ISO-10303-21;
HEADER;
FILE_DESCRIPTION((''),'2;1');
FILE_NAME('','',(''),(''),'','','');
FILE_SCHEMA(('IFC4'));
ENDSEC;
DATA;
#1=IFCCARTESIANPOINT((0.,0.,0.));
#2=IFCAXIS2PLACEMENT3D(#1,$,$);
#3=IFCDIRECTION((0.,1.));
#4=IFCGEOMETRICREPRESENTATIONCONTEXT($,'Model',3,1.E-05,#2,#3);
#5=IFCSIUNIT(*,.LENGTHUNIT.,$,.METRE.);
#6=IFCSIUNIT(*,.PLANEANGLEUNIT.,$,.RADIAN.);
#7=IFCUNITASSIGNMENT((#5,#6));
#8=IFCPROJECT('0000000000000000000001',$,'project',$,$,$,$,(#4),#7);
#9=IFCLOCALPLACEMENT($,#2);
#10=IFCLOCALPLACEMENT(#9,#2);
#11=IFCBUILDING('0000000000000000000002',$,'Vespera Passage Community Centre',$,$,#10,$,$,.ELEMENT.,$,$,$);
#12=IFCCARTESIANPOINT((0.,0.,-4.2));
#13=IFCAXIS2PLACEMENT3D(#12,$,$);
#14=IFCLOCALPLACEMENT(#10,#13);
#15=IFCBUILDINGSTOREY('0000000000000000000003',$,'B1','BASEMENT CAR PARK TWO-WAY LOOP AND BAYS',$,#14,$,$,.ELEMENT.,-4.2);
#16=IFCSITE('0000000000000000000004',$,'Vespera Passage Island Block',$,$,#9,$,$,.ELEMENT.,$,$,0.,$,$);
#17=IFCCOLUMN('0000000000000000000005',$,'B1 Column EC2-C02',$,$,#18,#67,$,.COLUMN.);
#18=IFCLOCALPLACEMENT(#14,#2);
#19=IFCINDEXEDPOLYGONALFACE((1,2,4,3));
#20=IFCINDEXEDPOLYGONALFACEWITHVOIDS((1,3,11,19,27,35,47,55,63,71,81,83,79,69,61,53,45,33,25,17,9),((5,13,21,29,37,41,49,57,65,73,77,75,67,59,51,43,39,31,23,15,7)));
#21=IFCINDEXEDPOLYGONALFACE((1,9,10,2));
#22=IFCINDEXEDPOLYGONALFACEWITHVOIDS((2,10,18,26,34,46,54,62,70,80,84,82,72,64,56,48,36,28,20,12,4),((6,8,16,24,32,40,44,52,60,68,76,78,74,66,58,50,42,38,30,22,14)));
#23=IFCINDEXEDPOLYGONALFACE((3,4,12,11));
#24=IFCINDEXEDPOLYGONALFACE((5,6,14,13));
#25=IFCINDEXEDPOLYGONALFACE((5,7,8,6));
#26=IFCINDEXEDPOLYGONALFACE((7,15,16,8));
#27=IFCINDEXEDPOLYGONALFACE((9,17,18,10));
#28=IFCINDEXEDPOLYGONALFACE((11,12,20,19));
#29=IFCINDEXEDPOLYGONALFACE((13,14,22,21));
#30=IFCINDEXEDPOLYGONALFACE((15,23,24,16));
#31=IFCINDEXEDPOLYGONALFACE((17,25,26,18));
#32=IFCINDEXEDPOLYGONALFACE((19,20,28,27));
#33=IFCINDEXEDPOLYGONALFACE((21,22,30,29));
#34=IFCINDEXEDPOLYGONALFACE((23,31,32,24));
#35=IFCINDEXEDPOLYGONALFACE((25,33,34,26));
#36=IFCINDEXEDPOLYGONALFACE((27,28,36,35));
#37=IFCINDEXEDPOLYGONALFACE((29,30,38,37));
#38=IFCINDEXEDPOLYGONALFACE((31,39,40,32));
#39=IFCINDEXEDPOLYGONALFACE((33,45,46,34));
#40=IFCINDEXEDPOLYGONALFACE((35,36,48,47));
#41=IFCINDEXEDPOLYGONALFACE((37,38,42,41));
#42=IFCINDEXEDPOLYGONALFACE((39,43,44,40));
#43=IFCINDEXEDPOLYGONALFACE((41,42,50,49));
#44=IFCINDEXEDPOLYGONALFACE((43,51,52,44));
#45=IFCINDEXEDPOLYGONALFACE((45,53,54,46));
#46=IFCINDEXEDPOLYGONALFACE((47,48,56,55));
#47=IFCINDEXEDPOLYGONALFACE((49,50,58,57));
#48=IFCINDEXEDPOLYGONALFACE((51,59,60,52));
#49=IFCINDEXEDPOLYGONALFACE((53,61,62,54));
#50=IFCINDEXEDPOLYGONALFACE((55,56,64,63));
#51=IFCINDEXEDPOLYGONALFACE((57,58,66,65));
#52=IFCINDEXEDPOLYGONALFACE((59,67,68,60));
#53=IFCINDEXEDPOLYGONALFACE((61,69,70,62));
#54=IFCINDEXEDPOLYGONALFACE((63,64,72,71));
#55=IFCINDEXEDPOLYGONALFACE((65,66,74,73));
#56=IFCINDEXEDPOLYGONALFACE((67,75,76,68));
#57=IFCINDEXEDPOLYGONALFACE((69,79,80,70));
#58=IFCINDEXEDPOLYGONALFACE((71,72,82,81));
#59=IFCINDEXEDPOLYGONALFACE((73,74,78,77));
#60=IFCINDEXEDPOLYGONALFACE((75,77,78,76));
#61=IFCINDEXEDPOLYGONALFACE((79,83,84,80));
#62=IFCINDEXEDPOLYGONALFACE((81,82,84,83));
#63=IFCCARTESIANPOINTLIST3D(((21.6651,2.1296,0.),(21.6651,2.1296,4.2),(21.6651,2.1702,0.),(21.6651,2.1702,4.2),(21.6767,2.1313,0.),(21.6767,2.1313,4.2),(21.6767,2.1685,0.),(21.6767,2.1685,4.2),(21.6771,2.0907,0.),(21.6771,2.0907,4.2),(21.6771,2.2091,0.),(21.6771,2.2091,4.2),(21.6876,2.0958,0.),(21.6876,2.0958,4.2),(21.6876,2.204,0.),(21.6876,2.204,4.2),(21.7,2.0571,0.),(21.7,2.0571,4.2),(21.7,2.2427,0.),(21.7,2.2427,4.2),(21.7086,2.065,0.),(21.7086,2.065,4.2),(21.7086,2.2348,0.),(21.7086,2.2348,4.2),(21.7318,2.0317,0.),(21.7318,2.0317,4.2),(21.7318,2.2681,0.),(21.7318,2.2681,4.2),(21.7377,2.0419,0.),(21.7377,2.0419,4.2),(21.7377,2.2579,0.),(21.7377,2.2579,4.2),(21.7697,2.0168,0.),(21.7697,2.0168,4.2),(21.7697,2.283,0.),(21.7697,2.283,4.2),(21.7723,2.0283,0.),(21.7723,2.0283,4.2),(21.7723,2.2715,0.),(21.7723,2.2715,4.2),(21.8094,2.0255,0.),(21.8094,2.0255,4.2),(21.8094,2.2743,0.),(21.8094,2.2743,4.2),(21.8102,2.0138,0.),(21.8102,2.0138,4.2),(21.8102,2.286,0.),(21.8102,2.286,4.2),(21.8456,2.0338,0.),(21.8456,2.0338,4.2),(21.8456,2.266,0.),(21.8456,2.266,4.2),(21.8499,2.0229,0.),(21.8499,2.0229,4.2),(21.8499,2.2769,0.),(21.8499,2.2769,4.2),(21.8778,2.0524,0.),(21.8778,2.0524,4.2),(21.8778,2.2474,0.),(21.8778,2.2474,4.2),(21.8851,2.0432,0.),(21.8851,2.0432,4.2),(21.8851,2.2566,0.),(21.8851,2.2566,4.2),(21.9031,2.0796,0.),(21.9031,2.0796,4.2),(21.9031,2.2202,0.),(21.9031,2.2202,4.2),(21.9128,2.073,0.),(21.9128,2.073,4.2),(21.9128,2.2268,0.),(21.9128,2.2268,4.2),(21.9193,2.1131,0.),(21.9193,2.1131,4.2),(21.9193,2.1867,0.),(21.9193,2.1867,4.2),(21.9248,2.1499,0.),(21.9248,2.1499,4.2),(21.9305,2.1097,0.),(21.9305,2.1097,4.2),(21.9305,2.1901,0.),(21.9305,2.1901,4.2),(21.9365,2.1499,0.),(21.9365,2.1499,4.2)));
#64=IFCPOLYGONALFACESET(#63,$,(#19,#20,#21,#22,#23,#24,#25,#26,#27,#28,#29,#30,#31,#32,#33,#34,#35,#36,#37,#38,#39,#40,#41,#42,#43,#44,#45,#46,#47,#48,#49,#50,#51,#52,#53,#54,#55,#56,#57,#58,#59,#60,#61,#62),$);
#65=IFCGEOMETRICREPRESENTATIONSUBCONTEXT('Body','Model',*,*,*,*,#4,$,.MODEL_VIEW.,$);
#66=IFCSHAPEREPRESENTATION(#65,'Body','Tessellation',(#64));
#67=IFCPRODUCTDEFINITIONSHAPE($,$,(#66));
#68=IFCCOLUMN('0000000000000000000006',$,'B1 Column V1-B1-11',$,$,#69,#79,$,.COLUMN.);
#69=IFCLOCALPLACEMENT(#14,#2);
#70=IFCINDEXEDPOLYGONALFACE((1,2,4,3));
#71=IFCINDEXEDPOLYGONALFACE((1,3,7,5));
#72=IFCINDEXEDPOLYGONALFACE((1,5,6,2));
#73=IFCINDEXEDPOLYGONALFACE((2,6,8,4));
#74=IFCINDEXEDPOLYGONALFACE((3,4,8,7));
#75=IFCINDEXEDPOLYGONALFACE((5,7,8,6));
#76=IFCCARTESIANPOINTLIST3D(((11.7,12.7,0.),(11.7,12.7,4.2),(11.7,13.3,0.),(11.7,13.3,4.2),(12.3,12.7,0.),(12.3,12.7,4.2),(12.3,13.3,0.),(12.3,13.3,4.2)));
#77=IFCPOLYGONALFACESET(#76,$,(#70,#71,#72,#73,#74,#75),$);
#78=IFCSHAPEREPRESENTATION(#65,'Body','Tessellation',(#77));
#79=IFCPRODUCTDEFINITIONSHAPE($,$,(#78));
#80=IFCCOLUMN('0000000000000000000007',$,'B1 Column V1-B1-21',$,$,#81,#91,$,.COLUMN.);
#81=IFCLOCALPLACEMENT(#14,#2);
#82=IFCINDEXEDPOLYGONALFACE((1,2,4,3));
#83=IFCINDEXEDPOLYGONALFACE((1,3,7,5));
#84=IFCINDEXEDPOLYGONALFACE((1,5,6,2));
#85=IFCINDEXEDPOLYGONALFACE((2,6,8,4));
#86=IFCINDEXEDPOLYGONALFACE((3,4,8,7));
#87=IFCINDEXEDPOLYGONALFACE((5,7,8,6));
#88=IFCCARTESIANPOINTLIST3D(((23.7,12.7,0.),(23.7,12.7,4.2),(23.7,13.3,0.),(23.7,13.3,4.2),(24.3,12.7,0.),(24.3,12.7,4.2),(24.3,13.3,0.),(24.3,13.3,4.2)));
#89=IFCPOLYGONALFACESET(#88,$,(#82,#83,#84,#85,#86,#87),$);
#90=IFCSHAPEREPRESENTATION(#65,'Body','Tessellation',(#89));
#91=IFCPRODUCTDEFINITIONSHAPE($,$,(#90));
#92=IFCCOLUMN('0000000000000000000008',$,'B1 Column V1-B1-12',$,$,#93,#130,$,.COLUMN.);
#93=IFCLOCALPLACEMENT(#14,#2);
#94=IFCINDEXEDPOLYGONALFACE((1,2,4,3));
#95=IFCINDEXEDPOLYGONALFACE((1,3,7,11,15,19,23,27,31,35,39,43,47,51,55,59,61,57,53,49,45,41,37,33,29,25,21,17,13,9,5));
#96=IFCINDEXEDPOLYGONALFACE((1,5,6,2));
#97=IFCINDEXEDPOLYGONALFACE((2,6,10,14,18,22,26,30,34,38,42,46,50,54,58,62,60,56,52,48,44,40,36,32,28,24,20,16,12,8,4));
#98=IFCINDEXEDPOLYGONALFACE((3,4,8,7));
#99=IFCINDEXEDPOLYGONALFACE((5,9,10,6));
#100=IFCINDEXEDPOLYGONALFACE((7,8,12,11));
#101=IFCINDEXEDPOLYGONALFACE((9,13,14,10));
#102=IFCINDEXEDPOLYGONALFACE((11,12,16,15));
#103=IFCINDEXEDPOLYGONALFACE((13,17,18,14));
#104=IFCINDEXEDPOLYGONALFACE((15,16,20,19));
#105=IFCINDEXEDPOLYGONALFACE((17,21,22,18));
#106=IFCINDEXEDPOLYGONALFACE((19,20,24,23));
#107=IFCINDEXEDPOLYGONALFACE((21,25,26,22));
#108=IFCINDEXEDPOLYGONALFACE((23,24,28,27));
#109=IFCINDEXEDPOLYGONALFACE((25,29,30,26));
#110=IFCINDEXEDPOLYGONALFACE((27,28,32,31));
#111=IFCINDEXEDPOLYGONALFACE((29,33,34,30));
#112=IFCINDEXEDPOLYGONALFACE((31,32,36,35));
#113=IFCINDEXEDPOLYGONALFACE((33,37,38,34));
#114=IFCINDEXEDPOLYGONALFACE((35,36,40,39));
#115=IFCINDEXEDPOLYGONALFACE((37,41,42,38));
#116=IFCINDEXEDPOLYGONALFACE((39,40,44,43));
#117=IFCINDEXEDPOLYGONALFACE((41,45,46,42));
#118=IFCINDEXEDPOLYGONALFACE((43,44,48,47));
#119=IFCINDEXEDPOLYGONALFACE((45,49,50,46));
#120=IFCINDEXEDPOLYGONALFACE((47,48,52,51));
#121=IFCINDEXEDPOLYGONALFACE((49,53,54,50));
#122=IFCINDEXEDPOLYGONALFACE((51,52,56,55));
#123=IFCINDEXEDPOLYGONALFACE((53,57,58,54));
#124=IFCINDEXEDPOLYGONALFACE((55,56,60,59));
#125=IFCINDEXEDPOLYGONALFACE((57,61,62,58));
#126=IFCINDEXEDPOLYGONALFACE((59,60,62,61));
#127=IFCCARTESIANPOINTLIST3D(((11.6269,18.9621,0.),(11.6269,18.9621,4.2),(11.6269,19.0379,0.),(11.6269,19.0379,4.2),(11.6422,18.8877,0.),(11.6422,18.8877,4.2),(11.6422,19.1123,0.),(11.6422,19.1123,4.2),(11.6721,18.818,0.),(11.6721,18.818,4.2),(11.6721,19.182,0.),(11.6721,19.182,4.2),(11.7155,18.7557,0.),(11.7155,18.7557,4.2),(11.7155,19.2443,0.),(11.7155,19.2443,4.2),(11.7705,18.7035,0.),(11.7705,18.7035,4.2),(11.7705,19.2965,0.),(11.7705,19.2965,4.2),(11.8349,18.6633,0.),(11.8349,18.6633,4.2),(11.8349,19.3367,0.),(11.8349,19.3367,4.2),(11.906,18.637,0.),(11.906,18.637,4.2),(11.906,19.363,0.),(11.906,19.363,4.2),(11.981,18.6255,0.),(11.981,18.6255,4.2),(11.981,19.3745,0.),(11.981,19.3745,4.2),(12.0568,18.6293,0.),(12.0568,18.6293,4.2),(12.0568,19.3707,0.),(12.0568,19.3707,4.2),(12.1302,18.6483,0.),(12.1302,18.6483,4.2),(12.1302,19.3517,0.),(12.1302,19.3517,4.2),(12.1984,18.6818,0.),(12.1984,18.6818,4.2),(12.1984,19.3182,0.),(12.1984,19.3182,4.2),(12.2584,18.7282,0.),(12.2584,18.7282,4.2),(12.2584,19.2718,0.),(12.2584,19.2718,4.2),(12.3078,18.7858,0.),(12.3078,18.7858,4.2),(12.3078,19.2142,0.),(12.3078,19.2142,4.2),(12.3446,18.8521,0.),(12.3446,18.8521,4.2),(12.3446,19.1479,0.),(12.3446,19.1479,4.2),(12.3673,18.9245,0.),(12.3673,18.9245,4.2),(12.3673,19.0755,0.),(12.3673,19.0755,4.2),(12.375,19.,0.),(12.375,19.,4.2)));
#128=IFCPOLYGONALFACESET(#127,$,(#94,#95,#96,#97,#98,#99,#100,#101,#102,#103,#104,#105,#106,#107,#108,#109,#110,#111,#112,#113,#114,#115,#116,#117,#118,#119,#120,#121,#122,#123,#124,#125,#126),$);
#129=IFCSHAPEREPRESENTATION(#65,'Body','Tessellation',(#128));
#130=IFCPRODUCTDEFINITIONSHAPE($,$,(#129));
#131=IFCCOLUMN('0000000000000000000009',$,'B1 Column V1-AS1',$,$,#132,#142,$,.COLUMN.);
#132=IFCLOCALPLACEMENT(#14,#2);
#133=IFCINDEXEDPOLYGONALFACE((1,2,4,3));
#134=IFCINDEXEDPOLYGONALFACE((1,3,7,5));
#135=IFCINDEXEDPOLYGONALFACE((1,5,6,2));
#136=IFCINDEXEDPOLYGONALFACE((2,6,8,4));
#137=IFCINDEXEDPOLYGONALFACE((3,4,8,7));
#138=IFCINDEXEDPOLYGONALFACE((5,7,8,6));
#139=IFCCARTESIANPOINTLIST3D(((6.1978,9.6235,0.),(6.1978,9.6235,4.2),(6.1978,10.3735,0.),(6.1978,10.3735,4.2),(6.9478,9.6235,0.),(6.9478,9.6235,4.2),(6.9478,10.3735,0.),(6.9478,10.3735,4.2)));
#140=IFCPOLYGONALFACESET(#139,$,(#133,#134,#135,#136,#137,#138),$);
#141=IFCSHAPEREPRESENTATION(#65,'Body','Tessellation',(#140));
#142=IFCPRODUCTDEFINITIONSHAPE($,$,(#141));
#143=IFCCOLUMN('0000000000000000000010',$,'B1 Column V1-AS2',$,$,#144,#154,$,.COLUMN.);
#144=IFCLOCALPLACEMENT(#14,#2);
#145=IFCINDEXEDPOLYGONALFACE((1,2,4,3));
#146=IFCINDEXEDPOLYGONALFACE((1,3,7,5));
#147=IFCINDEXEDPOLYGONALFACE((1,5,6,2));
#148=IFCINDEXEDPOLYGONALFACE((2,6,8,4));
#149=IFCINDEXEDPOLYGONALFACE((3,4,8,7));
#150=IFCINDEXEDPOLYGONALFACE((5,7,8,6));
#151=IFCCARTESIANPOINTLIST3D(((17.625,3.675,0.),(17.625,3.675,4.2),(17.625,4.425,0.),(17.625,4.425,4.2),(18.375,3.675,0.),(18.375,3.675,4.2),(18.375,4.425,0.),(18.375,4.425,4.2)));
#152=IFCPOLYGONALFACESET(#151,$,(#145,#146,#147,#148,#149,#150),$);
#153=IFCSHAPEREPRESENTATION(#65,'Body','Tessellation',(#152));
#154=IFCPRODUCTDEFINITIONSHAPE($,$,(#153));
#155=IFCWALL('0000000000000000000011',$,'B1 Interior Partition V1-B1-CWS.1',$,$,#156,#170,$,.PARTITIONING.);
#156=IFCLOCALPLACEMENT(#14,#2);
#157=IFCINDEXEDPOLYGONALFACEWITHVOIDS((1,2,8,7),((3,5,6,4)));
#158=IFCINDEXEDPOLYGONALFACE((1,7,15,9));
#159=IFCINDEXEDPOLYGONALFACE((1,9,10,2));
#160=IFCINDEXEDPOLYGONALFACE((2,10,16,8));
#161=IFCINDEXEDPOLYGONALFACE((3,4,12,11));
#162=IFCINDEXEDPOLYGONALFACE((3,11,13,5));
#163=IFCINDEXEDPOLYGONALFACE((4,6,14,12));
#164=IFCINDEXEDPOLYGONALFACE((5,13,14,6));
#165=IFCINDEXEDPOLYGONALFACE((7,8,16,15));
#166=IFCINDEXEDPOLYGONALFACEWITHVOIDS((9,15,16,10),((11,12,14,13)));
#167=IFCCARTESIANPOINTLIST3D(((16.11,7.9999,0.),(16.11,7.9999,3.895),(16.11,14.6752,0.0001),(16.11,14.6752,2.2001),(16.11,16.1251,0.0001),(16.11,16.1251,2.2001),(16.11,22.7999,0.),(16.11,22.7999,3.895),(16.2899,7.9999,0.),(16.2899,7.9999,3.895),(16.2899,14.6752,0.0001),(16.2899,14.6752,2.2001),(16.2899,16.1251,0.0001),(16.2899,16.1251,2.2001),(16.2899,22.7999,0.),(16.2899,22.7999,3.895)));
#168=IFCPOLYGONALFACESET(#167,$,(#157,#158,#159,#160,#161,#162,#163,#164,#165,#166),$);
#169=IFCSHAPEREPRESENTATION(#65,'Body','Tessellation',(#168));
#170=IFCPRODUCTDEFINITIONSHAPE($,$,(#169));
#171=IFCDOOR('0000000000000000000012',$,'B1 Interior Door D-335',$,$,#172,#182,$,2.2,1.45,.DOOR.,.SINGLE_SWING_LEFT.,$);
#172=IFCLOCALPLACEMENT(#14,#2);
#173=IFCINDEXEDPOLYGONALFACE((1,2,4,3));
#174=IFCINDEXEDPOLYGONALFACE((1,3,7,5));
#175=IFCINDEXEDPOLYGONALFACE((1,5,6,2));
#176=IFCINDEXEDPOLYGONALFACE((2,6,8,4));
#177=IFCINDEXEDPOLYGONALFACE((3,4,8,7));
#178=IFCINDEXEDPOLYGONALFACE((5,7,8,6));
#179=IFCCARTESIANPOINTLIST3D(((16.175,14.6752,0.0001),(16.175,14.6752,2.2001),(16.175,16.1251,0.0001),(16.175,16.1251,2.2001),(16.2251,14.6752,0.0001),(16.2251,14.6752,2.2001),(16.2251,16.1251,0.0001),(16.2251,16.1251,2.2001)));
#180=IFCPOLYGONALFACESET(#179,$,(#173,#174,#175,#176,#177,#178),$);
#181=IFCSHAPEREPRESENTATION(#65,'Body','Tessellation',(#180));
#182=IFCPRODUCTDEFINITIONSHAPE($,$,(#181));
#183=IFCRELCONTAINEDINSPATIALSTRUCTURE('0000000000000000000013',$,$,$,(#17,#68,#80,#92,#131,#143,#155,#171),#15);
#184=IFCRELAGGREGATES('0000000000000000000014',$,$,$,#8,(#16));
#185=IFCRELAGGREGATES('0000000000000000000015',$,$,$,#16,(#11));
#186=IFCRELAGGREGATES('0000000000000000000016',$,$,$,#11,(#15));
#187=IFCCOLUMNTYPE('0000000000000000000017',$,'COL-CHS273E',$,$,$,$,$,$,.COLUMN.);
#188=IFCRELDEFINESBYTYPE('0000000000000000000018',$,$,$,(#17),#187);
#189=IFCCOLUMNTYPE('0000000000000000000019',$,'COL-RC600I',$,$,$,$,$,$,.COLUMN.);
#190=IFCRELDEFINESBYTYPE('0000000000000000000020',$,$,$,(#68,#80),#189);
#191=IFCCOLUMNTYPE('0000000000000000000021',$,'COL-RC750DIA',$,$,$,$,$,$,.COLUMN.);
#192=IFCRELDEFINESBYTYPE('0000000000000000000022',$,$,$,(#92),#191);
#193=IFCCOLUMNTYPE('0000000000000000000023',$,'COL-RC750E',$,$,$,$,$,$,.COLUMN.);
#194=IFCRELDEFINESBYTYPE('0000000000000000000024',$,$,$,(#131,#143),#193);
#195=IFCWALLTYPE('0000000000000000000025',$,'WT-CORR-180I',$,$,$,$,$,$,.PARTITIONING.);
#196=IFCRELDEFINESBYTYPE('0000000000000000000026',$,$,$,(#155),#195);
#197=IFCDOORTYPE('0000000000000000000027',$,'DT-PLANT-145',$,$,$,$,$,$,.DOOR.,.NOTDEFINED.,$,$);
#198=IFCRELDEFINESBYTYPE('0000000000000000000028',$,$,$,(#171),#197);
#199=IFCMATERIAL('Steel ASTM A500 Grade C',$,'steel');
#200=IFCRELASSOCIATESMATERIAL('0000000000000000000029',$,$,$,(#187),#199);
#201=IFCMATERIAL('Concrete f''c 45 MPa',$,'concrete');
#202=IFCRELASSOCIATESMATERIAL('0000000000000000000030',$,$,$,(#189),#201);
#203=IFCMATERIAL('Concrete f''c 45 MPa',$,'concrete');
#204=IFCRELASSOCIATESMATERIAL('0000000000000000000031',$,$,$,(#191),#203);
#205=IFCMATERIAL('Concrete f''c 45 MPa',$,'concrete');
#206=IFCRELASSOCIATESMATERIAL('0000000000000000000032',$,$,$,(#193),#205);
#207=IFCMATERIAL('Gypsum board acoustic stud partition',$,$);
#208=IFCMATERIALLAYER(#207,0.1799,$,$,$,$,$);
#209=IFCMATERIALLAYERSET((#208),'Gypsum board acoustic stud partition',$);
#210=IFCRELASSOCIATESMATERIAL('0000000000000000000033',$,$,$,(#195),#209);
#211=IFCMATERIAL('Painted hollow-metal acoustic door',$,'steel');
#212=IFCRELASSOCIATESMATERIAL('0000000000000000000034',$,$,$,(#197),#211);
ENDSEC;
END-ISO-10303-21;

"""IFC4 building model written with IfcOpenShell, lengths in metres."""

from ifc_helpers import new_model, si_unit, direction, frame, frame_2d, origin, origin_2d, place, context, subcontext, project, spatial, rectangle, circle, hollow_circle, extrude, material, layer, layer_set, material_profile, profile_set, type_object, element, fill, save


model = new_model("IFC4")

# Units and contexts
model_context = context("Model", 3, precision=1e-05, world=origin(), true_north=direction((0.0, 1.0)))
body_context = subcontext(model_context, "Body", "Model", "MODEL_VIEW")
ifc_project = project(units=[si_unit("LENGTHUNIT", "METRE"), si_unit("PLANEANGLEUNIT", "RADIAN")], contexts=[model_context])

# Site, building, storey
site_placement = place(None, origin())
site = spatial("IfcSite", under=ifc_project, at=site_placement, Name="Vespera Passage Island Block", CompositionType="ELEMENT", RefElevation=0.0)
building_placement = place(site_placement, origin())
building = spatial("IfcBuilding", under=site, at=building_placement, Name="Vespera Passage Community Centre", CompositionType="ELEMENT")
storey_placement = place(building_placement, frame((0.0, 0.0, -4.2)))
storey = spatial("IfcBuildingStorey", under=building, at=storey_placement, Name="B1", Description="BASEMENT CAR PARK TWO-WAY LOOP AND BAYS", CompositionType="ELEMENT", Elevation=-4.2)

# Columns
ifc_material_1 = material(Name="Steel ASTM A500 Grade C", Category="steel")
ifc_material_profile_1 = material_profile(ifc_material_1, hollow_circle(Radius=0.1365, WallThickness=0.0117, at=origin_2d()), Name="CHS273X12.7")
ifc_profile_set_1 = profile_set([ifc_material_profile_1], Name="Steel ASTM A500 Grade C")
column_type_1 = type_object("IfcColumnType", Name="COL-CHS273E", PredefinedType="COLUMN", material=ifc_profile_set_1)
for number, where, z_axis, x_axis, name in (
    (1, (21.8, 2.1499, 0.0), (0.0, 0.0, 1.0), (1.0, 0.0, 0.0), "B1 Column EC2-C02"),
):
    element("IfcColumn", number, at=place(storey_placement, frame(where, z_axis=z_axis, x_axis=x_axis)), inside=storey, type_object=column_type_1, Name=name, PredefinedType="COLUMN", context=body_context, shape_type="SweptSolid", body=[
        extrude(hollow_circle(Radius=0.1365, WallThickness=0.0117, at=origin_2d()), origin(), (0.0, 0.0, 1.0), 4.2),
    ])
ifc_material_2 = material(Name="Concrete f'c 45 MPa", Category="concrete")
ifc_material_profile_2 = material_profile(ifc_material_2, rectangle(XDim=0.6001, YDim=0.6001, at=origin_2d()), Name="RC600X600")
ifc_profile_set_2 = profile_set([ifc_material_profile_2], Name="Concrete f'c 45 MPa")
column_type_2 = type_object("IfcColumnType", Name="COL-RC600I", PredefinedType="COLUMN", material=ifc_profile_set_2)
for number, where, z_axis, x_axis, name in (
    (2, (12.0, 13.0, 0.0), (0.0, 0.0, 1.0), (1.0, 0.0, 0.0), "B1 Column V1-B1-11"),
    (3, (24.0, 13.0, 0.0), (0.0, 0.0, 1.0), (1.0, 0.0, 0.0), "B1 Column V1-B1-21"),
):
    element("IfcColumn", number, at=place(storey_placement, frame(where, z_axis=z_axis, x_axis=x_axis)), inside=storey, type_object=column_type_2, Name=name, PredefinedType="COLUMN", context=body_context, shape_type="SweptSolid", body=[
        extrude(rectangle(XDim=0.6001, YDim=0.6001, at=origin_2d()), origin(), (0.0, 0.0, 1.0), 4.2),
    ])
ifc_material_3 = material(Name="Concrete f'c 45 MPa", Category="concrete")
ifc_material_profile_3 = material_profile(ifc_material_3, circle(Radius=0.375, at=origin_2d()), Name="RC750DIA")
ifc_profile_set_3 = profile_set([ifc_material_profile_3], Name="Concrete f'c 45 MPa")
column_type_3 = type_object("IfcColumnType", Name="COL-RC750DIA", PredefinedType="COLUMN", material=ifc_profile_set_3)
column_placement = place(storey_placement, frame((12.0, 19.0, 0.0), z_axis=(0.0, 0.0, 1.0), x_axis=(1.0, 0.0, 0.0)))
element("IfcColumn", 4, at=column_placement, inside=storey, type_object=column_type_3, Name="B1 Column V1-B1-12", PredefinedType="COLUMN", context=body_context, shape_type="SweptSolid", body=[
    extrude(circle(Radius=0.375, at=origin_2d()), origin(), (0.0, 0.0, 1.0), 4.2),
])
ifc_material_4 = material(Name="Concrete f'c 45 MPa", Category="concrete")
ifc_material_profile_4 = material_profile(ifc_material_4, rectangle(XDim=0.75, YDim=0.75, at=origin_2d()), Name="RC750X750")
ifc_profile_set_4 = profile_set([ifc_material_profile_4], Name="Concrete f'c 45 MPa")
column_type_4 = type_object("IfcColumnType", Name="COL-RC750E", PredefinedType="COLUMN", material=ifc_profile_set_4)
for number, where, z_axis, x_axis, name in (
    (5, (6.5728, 9.9985, 0.0), (0.0, 0.0, 1.0), (1.0, 0.0, 0.0), "B1 Column V1-AS1"),
    (6, (18.0, 4.05, 0.0), (0.0, 0.0, 1.0), (1.0, 0.0, 0.0), "B1 Column V1-AS2"),
):
    element("IfcColumn", number, at=place(storey_placement, frame(where, z_axis=z_axis, x_axis=x_axis)), inside=storey, type_object=column_type_4, Name=name, PredefinedType="COLUMN", context=body_context, shape_type="SweptSolid", body=[
        extrude(rectangle(XDim=0.75, YDim=0.75, at=origin_2d()), origin(), (0.0, 0.0, 1.0), 4.2),
    ])

# Wall, opening, door
ifc_material_5 = material(Name="Gypsum board acoustic stud partition")
ifc_layer_1 = layer(ifc_material_5, 0.1799)
ifc_layer_set_1 = layer_set([ifc_layer_1], Name="Gypsum board acoustic stud partition")
wall_type_1 = type_object("IfcWallType", Name="WT-CORR-180I", PredefinedType="PARTITIONING", material=ifc_layer_set_1)
wall_1_placement = place(storey_placement, frame((16.2, 8.0, 0.0), z_axis=(0.0, 0.0, 1.0), x_axis=(0.0, 1.0, 0.0)))
wall_1 = element("IfcWall", 7, at=wall_1_placement, inside=storey, type_object=wall_type_1, Name="B1 Interior Partition V1-B1-CWS.1", PredefinedType="PARTITIONING", context=body_context, shape_type="SweptSolid", body=[
    extrude(rectangle(XDim=14.8, YDim=0.1799, at=frame_2d((7.3999, 0.0))), origin(), (0.0, 0.0, 1.0), 3.895),
])
opening_1_placement = place(wall_1_placement, frame((6.675, 0.0, 0.0)))
opening_1 = element("IfcOpeningElement", 8, at=opening_1_placement, cuts=wall_1, PredefinedType="OPENING", context=body_context, shape_type="SweptSolid", body=[
    extrude(rectangle(XDim=1.45, YDim=2.2, at=frame_2d((0.7251, 1.1001))), frame((0.0, 0.0999, 0.0), z_axis=(0.0, -1.0, 0.0), x_axis=(1.0, 0.0, 0.0)), (0.0, 0.0, 1.0), 0.2),
])
ifc_material_6 = material(Name="Painted hollow-metal acoustic door", Category="steel")
door_type = type_object("IfcDoorType", Name="DT-PLANT-145", OperationType="NOTDEFINED", PredefinedType="DOOR", material=ifc_material_6)
door_1_placement = place(opening_1_placement, origin())
door_1 = element("IfcDoor", 9, at=door_1_placement, inside=storey, type_object=door_type, Name="B1 Interior Door D-335", OperationType="SINGLE_SWING_LEFT", OverallHeight=2.2, OverallWidth=1.45, PredefinedType="DOOR", context=body_context, shape_type="SweptSolid", body=[
    extrude(rectangle(XDim=1.45, YDim=2.2, at=frame_2d((0.7251, 1.1001))), frame((0.0, 0.0249, 0.0), z_axis=(0.0, -1.0, 0.0), x_axis=(1.0, 0.0, 0.0)), (0.0, 0.0, 1.0), 0.05),
])
fill(opening_1, door_1)

save(model, "model.ifc")
